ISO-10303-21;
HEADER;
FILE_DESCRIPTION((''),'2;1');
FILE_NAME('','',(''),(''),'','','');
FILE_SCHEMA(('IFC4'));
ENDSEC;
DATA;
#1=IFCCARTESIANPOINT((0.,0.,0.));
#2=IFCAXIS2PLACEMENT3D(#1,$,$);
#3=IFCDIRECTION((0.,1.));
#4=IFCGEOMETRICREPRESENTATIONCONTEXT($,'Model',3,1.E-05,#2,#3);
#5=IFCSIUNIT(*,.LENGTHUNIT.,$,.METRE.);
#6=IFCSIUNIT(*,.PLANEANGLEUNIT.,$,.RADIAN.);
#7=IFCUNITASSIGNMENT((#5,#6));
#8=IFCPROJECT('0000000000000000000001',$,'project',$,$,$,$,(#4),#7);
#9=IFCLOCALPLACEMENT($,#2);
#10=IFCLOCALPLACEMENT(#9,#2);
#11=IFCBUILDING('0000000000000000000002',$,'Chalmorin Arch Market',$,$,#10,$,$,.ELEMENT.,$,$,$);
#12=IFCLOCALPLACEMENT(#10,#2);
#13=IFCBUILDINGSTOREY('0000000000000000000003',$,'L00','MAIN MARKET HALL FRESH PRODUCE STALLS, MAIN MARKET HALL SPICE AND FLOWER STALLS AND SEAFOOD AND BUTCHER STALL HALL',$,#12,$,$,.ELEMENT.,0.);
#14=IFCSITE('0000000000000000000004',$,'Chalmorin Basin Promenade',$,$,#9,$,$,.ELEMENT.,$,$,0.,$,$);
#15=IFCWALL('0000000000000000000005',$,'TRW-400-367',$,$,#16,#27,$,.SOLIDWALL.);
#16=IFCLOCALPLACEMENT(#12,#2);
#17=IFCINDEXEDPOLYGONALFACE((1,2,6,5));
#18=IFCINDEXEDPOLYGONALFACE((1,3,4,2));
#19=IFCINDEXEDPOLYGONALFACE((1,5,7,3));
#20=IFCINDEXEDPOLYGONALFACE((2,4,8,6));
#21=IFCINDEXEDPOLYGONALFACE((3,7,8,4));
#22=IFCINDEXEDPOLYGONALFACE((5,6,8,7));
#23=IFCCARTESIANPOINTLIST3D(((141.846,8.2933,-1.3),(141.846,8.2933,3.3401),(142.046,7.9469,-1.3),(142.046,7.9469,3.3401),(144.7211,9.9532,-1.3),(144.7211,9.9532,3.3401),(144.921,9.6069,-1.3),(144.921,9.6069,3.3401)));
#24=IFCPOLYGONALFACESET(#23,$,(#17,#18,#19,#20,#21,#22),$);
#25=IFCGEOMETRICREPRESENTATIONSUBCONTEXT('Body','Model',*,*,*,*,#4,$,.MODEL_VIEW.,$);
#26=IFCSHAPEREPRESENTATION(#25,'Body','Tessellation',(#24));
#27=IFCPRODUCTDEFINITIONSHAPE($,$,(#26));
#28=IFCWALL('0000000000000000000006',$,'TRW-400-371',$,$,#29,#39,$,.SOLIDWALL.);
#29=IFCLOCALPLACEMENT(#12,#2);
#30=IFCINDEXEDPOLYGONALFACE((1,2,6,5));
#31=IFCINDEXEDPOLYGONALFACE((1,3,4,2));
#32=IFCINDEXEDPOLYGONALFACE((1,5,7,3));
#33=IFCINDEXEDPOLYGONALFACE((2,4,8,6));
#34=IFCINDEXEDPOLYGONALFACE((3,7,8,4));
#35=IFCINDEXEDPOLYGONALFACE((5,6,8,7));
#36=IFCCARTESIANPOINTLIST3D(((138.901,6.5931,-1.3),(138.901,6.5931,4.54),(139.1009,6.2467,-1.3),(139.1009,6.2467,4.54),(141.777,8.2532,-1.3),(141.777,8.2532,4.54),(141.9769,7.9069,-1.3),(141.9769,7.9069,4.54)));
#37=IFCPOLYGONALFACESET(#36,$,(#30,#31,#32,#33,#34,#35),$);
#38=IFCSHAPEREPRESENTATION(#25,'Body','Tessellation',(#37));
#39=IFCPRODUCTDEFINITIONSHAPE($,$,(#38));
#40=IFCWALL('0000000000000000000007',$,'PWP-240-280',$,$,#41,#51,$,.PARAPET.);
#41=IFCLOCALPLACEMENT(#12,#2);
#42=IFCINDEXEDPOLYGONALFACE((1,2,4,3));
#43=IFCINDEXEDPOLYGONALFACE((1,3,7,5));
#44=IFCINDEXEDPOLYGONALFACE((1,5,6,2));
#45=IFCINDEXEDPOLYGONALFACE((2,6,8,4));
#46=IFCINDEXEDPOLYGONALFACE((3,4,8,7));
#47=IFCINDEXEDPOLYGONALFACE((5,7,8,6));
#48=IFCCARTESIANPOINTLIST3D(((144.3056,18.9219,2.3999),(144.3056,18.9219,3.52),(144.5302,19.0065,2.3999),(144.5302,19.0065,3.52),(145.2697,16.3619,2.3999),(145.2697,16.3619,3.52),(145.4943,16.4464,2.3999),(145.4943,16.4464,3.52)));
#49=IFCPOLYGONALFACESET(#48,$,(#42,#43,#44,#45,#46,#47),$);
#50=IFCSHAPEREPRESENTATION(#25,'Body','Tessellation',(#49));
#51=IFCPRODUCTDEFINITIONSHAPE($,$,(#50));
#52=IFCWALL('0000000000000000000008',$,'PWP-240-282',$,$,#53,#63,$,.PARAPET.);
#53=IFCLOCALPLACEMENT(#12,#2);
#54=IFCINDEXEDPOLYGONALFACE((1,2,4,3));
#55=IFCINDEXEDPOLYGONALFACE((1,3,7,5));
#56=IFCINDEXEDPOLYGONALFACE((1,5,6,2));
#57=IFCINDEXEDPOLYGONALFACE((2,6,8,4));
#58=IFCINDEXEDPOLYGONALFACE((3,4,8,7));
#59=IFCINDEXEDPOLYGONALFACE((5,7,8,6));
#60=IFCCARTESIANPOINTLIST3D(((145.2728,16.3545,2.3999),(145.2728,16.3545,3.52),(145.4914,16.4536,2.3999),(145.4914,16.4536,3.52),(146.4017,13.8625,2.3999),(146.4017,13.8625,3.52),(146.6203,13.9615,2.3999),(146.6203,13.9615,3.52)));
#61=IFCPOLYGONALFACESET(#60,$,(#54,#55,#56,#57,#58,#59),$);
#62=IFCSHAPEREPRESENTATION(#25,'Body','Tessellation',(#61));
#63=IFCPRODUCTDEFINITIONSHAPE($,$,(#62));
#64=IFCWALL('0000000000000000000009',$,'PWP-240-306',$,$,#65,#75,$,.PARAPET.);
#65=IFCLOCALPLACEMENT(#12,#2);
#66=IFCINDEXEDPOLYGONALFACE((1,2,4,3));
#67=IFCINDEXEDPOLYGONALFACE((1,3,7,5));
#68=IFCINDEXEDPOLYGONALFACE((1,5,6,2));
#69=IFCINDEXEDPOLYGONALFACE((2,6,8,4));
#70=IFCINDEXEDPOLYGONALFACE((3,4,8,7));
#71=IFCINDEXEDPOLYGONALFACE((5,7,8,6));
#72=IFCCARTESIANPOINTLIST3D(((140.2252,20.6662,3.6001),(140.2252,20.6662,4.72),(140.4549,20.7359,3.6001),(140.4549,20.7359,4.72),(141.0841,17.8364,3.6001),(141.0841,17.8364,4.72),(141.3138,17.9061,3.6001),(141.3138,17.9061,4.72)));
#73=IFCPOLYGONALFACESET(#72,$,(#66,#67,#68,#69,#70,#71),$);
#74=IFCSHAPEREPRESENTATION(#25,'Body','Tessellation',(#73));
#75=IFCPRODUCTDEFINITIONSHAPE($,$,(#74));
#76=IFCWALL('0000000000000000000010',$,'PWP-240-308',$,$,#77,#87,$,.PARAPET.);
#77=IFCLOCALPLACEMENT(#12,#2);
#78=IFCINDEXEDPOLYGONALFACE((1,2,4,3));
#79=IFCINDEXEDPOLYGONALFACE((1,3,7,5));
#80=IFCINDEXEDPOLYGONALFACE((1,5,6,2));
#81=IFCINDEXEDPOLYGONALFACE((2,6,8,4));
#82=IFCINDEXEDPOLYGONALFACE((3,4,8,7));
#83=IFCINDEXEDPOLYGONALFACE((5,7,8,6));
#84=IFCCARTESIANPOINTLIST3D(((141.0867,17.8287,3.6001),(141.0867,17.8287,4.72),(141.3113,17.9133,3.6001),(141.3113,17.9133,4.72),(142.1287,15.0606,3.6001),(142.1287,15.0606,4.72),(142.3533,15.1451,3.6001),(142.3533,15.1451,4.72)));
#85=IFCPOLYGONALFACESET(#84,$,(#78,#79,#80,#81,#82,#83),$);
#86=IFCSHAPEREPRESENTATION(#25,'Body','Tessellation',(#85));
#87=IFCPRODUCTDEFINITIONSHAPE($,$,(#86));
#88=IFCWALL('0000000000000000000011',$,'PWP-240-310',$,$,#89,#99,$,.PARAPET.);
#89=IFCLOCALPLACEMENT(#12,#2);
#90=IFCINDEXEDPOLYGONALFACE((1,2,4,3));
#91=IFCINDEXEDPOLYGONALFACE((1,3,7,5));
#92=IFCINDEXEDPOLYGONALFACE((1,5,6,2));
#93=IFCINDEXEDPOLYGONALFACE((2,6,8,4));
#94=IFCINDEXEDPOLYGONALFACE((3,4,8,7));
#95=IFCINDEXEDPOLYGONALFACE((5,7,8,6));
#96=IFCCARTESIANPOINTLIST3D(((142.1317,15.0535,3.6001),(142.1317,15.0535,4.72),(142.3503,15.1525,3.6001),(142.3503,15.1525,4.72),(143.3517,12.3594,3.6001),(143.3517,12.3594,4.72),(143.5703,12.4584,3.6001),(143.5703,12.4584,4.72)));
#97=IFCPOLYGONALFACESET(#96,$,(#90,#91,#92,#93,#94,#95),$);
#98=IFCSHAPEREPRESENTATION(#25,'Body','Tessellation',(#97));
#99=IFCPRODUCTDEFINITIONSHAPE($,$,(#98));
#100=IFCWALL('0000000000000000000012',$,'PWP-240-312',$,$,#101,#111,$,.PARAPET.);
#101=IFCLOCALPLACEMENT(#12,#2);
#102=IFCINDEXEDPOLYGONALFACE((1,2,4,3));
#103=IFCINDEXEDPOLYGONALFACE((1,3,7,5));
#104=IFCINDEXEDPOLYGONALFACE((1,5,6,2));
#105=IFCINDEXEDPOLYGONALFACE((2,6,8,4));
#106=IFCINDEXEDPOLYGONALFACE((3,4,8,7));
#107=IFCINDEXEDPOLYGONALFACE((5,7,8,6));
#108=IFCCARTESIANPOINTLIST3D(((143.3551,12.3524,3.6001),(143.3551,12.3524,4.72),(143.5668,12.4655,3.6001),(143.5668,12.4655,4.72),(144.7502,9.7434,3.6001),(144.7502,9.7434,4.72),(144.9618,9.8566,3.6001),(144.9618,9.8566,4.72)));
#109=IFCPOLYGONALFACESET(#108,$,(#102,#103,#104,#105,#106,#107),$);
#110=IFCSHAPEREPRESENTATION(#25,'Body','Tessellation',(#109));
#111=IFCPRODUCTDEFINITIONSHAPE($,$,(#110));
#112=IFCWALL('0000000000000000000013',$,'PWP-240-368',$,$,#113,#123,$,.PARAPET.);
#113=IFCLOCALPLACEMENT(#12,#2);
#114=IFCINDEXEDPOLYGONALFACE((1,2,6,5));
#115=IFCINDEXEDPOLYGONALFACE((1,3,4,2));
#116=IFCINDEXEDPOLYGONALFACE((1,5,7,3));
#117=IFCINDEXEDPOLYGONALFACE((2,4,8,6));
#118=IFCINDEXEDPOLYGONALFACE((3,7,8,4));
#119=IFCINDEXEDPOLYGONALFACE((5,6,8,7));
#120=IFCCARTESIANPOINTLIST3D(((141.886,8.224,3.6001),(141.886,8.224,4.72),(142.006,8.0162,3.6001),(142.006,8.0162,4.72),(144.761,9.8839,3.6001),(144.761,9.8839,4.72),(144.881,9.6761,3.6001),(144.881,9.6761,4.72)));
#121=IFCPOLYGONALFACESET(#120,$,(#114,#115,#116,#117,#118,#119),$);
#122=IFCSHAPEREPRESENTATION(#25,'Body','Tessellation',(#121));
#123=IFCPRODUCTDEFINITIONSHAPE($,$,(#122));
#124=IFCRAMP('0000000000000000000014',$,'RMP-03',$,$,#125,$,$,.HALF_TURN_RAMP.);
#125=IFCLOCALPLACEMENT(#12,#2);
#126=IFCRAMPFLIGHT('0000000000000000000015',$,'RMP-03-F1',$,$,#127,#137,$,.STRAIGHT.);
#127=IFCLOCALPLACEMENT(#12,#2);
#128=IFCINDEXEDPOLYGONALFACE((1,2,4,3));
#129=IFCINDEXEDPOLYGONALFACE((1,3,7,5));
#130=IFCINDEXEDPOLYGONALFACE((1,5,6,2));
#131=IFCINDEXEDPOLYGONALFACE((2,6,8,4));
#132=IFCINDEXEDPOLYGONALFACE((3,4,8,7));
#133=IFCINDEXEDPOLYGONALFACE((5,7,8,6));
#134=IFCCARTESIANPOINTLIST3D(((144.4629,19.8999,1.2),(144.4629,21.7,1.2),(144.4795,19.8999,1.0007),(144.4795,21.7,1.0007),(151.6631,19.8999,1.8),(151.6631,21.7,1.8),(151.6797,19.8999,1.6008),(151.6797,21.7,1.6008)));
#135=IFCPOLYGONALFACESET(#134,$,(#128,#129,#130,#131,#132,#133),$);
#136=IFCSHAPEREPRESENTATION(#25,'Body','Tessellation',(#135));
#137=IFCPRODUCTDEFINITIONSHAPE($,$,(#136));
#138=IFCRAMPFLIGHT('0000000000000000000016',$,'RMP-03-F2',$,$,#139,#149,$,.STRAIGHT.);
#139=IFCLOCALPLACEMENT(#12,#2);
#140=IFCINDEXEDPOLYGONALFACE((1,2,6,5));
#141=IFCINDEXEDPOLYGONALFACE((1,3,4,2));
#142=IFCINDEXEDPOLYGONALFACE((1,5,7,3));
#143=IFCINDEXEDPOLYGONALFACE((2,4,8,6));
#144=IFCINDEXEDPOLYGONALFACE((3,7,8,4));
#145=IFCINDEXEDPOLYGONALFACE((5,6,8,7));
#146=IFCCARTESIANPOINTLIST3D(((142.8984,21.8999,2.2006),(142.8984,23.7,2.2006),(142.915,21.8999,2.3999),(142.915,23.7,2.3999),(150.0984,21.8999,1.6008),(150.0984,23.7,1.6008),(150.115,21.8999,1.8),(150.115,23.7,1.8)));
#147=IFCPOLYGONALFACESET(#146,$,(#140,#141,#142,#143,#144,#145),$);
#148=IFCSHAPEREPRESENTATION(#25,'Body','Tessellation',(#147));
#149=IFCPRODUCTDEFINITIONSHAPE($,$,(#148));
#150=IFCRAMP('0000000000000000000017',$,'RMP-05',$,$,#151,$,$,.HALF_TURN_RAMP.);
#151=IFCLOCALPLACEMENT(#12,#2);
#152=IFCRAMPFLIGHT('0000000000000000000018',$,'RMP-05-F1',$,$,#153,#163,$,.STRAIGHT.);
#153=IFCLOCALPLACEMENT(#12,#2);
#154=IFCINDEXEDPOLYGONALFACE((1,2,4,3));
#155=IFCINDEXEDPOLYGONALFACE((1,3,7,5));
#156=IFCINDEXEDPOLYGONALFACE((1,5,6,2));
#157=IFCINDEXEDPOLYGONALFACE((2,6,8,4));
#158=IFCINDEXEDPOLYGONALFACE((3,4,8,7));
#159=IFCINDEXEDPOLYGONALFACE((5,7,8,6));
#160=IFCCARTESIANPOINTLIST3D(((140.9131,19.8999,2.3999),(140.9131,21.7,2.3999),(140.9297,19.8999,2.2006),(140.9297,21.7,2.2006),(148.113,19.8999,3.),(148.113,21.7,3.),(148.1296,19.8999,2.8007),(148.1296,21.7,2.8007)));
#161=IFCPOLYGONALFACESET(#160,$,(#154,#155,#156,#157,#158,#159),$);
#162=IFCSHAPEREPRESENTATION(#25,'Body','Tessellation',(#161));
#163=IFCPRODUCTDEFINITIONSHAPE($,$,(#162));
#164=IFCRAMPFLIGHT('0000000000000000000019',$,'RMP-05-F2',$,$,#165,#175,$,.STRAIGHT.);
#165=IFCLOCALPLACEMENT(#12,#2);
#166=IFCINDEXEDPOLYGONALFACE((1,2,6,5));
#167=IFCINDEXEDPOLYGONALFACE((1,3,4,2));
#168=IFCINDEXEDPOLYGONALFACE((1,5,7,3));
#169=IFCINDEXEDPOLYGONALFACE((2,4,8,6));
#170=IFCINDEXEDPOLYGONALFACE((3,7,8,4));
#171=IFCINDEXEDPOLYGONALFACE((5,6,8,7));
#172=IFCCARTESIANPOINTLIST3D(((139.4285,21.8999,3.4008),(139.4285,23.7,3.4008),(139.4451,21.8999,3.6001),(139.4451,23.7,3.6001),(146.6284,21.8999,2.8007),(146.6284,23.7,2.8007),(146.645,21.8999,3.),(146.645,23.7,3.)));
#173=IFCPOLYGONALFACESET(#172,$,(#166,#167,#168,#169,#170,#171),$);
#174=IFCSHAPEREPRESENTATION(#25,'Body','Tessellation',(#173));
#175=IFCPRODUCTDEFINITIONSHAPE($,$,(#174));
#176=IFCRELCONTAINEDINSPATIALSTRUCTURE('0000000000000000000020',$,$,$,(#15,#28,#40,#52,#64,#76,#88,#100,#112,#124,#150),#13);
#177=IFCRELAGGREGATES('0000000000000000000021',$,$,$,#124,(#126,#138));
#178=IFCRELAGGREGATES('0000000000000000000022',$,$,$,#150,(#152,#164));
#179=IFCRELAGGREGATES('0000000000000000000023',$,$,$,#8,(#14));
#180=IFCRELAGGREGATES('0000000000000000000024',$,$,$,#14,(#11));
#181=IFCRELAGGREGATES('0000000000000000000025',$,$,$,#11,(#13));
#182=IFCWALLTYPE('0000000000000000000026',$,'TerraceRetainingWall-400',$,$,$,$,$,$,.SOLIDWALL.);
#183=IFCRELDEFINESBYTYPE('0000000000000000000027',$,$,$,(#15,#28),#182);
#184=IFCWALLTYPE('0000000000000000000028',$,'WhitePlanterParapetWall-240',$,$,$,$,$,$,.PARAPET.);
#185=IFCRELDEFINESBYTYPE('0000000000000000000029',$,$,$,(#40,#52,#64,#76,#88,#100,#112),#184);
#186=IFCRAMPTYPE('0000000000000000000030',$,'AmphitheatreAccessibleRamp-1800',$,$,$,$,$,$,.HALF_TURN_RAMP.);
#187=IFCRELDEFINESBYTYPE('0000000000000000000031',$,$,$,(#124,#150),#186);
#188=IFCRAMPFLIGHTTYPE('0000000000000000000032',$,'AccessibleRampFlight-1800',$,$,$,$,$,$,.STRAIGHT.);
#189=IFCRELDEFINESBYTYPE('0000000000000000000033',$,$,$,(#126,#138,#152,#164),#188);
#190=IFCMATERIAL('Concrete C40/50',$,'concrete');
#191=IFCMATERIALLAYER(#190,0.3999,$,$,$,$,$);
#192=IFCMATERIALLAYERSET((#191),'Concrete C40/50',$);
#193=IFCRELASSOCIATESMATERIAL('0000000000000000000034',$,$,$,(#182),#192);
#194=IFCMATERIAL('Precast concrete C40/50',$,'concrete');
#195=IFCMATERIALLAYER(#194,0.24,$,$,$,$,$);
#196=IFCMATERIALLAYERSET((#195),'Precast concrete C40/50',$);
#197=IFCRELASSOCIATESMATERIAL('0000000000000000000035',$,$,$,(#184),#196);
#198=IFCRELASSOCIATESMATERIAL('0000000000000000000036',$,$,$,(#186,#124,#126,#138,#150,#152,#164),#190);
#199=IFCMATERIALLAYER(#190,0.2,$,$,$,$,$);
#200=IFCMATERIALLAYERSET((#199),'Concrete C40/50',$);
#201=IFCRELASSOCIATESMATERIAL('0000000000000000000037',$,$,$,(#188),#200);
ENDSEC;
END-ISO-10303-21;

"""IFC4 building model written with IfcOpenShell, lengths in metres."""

from ifc_helpers import new_model, si_unit, direction, frame, frame_2d, origin, place, context, subcontext, project, spatial, polyline, rectangle, outline, extrude, material, layer, layer_set, type_object, element, aggregate, save


model = new_model("IFC4")

# Units and contexts
model_context = context("Model", 3, precision=1e-05, world=origin(), true_north=direction((0.0, 1.0)))
body_context = subcontext(model_context, "Body", "Model", "MODEL_VIEW")
ifc_project = project(units=[si_unit("LENGTHUNIT", "METRE"), si_unit("PLANEANGLEUNIT", "RADIAN")], contexts=[model_context])

# Site, building, storey
site_placement = place(None, origin())
site = spatial("IfcSite", under=ifc_project, at=site_placement, Name="Chalmorin Basin Promenade", CompositionType="ELEMENT", RefElevation=0.0)
building_placement = place(site_placement, origin())
building = spatial("IfcBuilding", under=site, at=building_placement, Name="Chalmorin Arch Market", CompositionType="ELEMENT")
storey_placement = place(building_placement, origin())
storey = spatial("IfcBuildingStorey", under=building, at=storey_placement, Name="L00", Description="MAIN MARKET HALL FRESH PRODUCE STALLS, MAIN MARKET HALL SPICE AND FLOWER STALLS AND SEAFOOD AND BUTCHER STALL HALL", CompositionType="ELEMENT", Elevation=0.0)

# Shared definitions
ifc_material_1 = material(Name="Concrete C40/50", Category="concrete")

# Walls
ifc_layer_1 = layer(ifc_material_1, 0.3999)
ifc_layer_set_1 = layer_set([ifc_layer_1], Name="Concrete C40/50")
wall_type_1 = type_object("IfcWallType", Name="TerraceRetainingWall-400", PredefinedType="SOLIDWALL", material=ifc_layer_set_1)
wall_1_placement = place(storey_placement, frame((144.821, 9.78, -1.3), z_axis=(0.0, 0.0, 1.0), x_axis=(-0.866021, -0.500007, 0.0)))
element("IfcWall", 1, at=wall_1_placement, inside=storey, type_object=wall_type_1, Name="TRW-400-367", PredefinedType="SOLIDWALL", context=body_context, shape_type="SweptSolid", body=[
    extrude(rectangle(XDim=3.3198, YDim=0.3999, at=frame_2d((1.6599, 0.0))), origin(), (0.0, 0.0, 1.0), 4.6401),
])
wall_2_placement = place(storey_placement, frame((141.877, 8.0801, -1.3), z_axis=(0.0, 0.0, 1.0), x_axis=(-0.866063, -0.499935, 0.0)))
element("IfcWall", 2, at=wall_2_placement, inside=storey, type_object=wall_type_1, Name="TRW-400-371", PredefinedType="SOLIDWALL", context=body_context, shape_type="SweptSolid", body=[
    extrude(rectangle(XDim=3.3208, YDim=0.3999, at=frame_2d((1.6604, 0.0))), origin(), (0.0, 0.0, 1.0), 5.8401),
])
ifc_material_2 = material(Name="Precast concrete C40/50", Category="concrete")
ifc_layer_2 = layer(ifc_material_2, 0.24)
ifc_layer_set_2 = layer_set([ifc_layer_2], Name="Precast concrete C40/50")
wall_type_2 = type_object("IfcWallType", Name="WhitePlanterParapetWall-240", PredefinedType="PARAPET", material=ifc_layer_set_2)
wall_3_placement = place(storey_placement, frame((144.418, 18.9641, 2.3999), z_axis=(0.0, 0.0, 1.0), x_axis=(0.352434, -0.935837, 0.0)))
element("IfcWall", 3, at=wall_3_placement, inside=storey, type_object=wall_type_2, Name="PWP-240-280", PredefinedType="PARAPET", context=body_context, shape_type="SweptSolid", body=[
    extrude(rectangle(XDim=2.7356, YDim=0.24, at=frame_2d((1.3677, 0.0))), origin(), (0.0, 0.0, 1.0), 1.1201),
])
wall_4_placement = place(storey_placement, frame((145.3821, 16.4041, 2.3999), z_axis=(0.0, 0.0, 1.0), x_axis=(0.412653, -0.910888, 0.0)))
element("IfcWall", 4, at=wall_4_placement, inside=storey, type_object=wall_type_2, Name="PWP-240-282", PredefinedType="PARAPET", context=body_context, shape_type="SweptSolid", body=[
    extrude(rectangle(XDim=2.7358, YDim=0.24, at=frame_2d((1.3679, 0.0))), origin(), (0.0, 0.0, 1.0), 1.1201),
])
wall_5_placement = place(storey_placement, frame((140.3401, 20.7009, 3.6001), z_axis=(0.0, 0.0, 1.0), x_axis=(0.290429, -0.956897, 0.0)))
element("IfcWall", 5, at=wall_5_placement, inside=storey, type_object=wall_type_2, Name="PWP-240-306", PredefinedType="PARAPET", context=body_context, shape_type="SweptSolid", body=[
    extrude(rectangle(XDim=2.9573, YDim=0.24, at=frame_2d((1.4785, 0.0))), origin(), (0.0, 0.0, 1.0), 1.1199),
])
wall_6_placement = place(storey_placement, frame((141.199, 17.8711, 3.6001), z_axis=(0.0, 0.0, 1.0), x_axis=(0.352299, -0.935887, 0.0)))
element("IfcWall", 6, at=wall_6_placement, inside=storey, type_object=wall_type_2, Name="PWP-240-308", PredefinedType="PARAPET", context=body_context, shape_type="SweptSolid", body=[
    extrude(rectangle(XDim=2.9578, YDim=0.24, at=frame_2d((1.479, 0.0))), origin(), (0.0, 0.0, 1.0), 1.1199),
])
wall_7_placement = place(storey_placement, frame((142.241, 15.103, 3.6001), z_axis=(0.0, 0.0, 1.0), x_axis=(0.412509, -0.910954, 0.0)))
element("IfcWall", 7, at=wall_7_placement, inside=storey, type_object=wall_type_2, Name="PWP-240-310", PredefinedType="PARAPET", context=body_context, shape_type="SweptSolid", body=[
    extrude(rectangle(XDim=2.9575, YDim=0.24, at=frame_2d((1.4788, 0.0))), origin(), (0.0, 0.0, 1.0), 1.1199),
])
wall_8_placement = place(storey_placement, frame((143.4609, 12.4089, 3.6001), z_axis=(0.0, 0.0, 1.0), x_axis=(0.471539, -0.881845, 0.0)))
element("IfcWall", 8, at=wall_8_placement, inside=storey, type_object=wall_type_2, Name="PWP-240-312", PredefinedType="PARAPET", context=body_context, shape_type="SweptSolid", body=[
    extrude(rectangle(XDim=2.9585, YDim=0.24, at=frame_2d((1.4792, 0.0))), origin(), (0.0, 0.0, 1.0), 1.1199),
])
wall_9_placement = place(storey_placement, frame((144.821, 9.78, 3.6001), z_axis=(0.0, 0.0, 1.0), x_axis=(-0.866021, -0.500007, 0.0)))
element("IfcWall", 9, at=wall_9_placement, inside=storey, type_object=wall_type_2, Name="PWP-240-368", PredefinedType="PARAPET", context=body_context, shape_type="SweptSolid", body=[
    extrude(rectangle(XDim=3.3198, YDim=0.24, at=frame_2d((1.6599, 0.0))), origin(), (0.0, 0.0, 1.0), 1.1199),
])

# Ramps, ramp flights
ramp_type = type_object("IfcRampType", Name="AmphitheatreAccessibleRamp-1800", PredefinedType="HALF_TURN_RAMP", material=ifc_material_1)
ramp_1_placement = place(storey_placement, origin())
ramp_1 = element("IfcRamp", 10, at=ramp_1_placement, inside=storey, type_object=ramp_type, material=ifc_material_1, Name="RMP-03", PredefinedType="HALF_TURN_RAMP")
ifc_layer_3 = layer(ifc_material_1, 0.2)
ifc_layer_set_3 = layer_set([ifc_layer_3], Name="Concrete C40/50")
ramp_flight_type = type_object("IfcRampFlightType", Name="AccessibleRampFlight-1800", PredefinedType="STRAIGHT", material=ifc_layer_set_3)
ramp_flight_1_placement = place(storey_placement, frame((144.4629, 19.8999, 1.2), z_axis=(-0.083057, 0.0, 0.996545), x_axis=(0.996545, 0.0, 0.083057)))
ramp_flight_1 = element("IfcRampFlight", 11, at=ramp_flight_1_placement, type_object=ramp_flight_type, material=ifc_material_1, Name="RMP-03-F1", PredefinedType="STRAIGHT", context=body_context, shape_type="SweptSolid", body=[
    extrude(outline(polyline([(0.0, 0.0), (7.2252, 0.0), (7.2252, 1.8), (0.0, 1.8), (0.0, 0.0)])), origin(), (0.0, 0.0, -1.0), 0.2),
])
ramp_flight_2_placement = place(storey_placement, frame((142.915, 21.8999, 2.3999), z_axis=(0.083026, 0.0, 0.996547), x_axis=(0.996547, 0.0, -0.083026)))
ramp_flight_2 = element("IfcRampFlight", 12, at=ramp_flight_2_placement, type_object=ramp_flight_type, material=ifc_material_1, Name="RMP-03-F2", PredefinedType="STRAIGHT", context=body_context, shape_type="SweptSolid", body=[
    extrude(outline(polyline([(0.0, 0.0), (7.2249, 0.0), (7.2249, 1.8), (0.0, 1.8), (0.0, 0.0)])), origin(), (0.0, 0.0, -1.0), 0.2),
])
ramp_2_placement = place(storey_placement, origin())
ramp_2 = element("IfcRamp", 13, at=ramp_2_placement, inside=storey, type_object=ramp_type, material=ifc_material_1, Name="RMP-05", PredefinedType="HALF_TURN_RAMP")
ramp_flight_3_placement = place(storey_placement, frame((140.9131, 19.8999, 2.3999), z_axis=(-0.083059, 0.0, 0.996545), x_axis=(0.996545, 0.0, 0.083059)))
ramp_flight_3 = element("IfcRampFlight", 14, at=ramp_flight_3_placement, type_object=ramp_flight_type, material=ifc_material_1, Name="RMP-05-F1", PredefinedType="STRAIGHT", context=body_context, shape_type="SweptSolid", body=[
    extrude(outline(polyline([(0.0, 0.0), (7.2249, 0.0), (7.2249, 1.8), (0.0, 1.8), (0.0, 0.0)])), origin(), (0.0, 0.0, -1.0), 0.2),
])
ramp_flight_4_placement = place(storey_placement, frame((139.4451, 21.8999, 3.6001), z_axis=(0.083059, 0.0, 0.996545), x_axis=(0.996545, 0.0, -0.083059)))
ramp_flight_4 = element("IfcRampFlight", 15, at=ramp_flight_4_placement, type_object=ramp_flight_type, material=ifc_material_1, Name="RMP-05-F2", PredefinedType="STRAIGHT", context=body_context, shape_type="SweptSolid", body=[
    extrude(outline(polyline([(0.0, 0.0), (7.2249, 0.0), (7.2249, 1.8), (0.0, 1.8), (0.0, 0.0)])), origin(), (0.0, 0.0, -1.0), 0.2),
])

aggregate(ramp_1, [ramp_flight_1, ramp_flight_2])
aggregate(ramp_2, [ramp_flight_3, ramp_flight_4])

save(model, "model.ifc")
